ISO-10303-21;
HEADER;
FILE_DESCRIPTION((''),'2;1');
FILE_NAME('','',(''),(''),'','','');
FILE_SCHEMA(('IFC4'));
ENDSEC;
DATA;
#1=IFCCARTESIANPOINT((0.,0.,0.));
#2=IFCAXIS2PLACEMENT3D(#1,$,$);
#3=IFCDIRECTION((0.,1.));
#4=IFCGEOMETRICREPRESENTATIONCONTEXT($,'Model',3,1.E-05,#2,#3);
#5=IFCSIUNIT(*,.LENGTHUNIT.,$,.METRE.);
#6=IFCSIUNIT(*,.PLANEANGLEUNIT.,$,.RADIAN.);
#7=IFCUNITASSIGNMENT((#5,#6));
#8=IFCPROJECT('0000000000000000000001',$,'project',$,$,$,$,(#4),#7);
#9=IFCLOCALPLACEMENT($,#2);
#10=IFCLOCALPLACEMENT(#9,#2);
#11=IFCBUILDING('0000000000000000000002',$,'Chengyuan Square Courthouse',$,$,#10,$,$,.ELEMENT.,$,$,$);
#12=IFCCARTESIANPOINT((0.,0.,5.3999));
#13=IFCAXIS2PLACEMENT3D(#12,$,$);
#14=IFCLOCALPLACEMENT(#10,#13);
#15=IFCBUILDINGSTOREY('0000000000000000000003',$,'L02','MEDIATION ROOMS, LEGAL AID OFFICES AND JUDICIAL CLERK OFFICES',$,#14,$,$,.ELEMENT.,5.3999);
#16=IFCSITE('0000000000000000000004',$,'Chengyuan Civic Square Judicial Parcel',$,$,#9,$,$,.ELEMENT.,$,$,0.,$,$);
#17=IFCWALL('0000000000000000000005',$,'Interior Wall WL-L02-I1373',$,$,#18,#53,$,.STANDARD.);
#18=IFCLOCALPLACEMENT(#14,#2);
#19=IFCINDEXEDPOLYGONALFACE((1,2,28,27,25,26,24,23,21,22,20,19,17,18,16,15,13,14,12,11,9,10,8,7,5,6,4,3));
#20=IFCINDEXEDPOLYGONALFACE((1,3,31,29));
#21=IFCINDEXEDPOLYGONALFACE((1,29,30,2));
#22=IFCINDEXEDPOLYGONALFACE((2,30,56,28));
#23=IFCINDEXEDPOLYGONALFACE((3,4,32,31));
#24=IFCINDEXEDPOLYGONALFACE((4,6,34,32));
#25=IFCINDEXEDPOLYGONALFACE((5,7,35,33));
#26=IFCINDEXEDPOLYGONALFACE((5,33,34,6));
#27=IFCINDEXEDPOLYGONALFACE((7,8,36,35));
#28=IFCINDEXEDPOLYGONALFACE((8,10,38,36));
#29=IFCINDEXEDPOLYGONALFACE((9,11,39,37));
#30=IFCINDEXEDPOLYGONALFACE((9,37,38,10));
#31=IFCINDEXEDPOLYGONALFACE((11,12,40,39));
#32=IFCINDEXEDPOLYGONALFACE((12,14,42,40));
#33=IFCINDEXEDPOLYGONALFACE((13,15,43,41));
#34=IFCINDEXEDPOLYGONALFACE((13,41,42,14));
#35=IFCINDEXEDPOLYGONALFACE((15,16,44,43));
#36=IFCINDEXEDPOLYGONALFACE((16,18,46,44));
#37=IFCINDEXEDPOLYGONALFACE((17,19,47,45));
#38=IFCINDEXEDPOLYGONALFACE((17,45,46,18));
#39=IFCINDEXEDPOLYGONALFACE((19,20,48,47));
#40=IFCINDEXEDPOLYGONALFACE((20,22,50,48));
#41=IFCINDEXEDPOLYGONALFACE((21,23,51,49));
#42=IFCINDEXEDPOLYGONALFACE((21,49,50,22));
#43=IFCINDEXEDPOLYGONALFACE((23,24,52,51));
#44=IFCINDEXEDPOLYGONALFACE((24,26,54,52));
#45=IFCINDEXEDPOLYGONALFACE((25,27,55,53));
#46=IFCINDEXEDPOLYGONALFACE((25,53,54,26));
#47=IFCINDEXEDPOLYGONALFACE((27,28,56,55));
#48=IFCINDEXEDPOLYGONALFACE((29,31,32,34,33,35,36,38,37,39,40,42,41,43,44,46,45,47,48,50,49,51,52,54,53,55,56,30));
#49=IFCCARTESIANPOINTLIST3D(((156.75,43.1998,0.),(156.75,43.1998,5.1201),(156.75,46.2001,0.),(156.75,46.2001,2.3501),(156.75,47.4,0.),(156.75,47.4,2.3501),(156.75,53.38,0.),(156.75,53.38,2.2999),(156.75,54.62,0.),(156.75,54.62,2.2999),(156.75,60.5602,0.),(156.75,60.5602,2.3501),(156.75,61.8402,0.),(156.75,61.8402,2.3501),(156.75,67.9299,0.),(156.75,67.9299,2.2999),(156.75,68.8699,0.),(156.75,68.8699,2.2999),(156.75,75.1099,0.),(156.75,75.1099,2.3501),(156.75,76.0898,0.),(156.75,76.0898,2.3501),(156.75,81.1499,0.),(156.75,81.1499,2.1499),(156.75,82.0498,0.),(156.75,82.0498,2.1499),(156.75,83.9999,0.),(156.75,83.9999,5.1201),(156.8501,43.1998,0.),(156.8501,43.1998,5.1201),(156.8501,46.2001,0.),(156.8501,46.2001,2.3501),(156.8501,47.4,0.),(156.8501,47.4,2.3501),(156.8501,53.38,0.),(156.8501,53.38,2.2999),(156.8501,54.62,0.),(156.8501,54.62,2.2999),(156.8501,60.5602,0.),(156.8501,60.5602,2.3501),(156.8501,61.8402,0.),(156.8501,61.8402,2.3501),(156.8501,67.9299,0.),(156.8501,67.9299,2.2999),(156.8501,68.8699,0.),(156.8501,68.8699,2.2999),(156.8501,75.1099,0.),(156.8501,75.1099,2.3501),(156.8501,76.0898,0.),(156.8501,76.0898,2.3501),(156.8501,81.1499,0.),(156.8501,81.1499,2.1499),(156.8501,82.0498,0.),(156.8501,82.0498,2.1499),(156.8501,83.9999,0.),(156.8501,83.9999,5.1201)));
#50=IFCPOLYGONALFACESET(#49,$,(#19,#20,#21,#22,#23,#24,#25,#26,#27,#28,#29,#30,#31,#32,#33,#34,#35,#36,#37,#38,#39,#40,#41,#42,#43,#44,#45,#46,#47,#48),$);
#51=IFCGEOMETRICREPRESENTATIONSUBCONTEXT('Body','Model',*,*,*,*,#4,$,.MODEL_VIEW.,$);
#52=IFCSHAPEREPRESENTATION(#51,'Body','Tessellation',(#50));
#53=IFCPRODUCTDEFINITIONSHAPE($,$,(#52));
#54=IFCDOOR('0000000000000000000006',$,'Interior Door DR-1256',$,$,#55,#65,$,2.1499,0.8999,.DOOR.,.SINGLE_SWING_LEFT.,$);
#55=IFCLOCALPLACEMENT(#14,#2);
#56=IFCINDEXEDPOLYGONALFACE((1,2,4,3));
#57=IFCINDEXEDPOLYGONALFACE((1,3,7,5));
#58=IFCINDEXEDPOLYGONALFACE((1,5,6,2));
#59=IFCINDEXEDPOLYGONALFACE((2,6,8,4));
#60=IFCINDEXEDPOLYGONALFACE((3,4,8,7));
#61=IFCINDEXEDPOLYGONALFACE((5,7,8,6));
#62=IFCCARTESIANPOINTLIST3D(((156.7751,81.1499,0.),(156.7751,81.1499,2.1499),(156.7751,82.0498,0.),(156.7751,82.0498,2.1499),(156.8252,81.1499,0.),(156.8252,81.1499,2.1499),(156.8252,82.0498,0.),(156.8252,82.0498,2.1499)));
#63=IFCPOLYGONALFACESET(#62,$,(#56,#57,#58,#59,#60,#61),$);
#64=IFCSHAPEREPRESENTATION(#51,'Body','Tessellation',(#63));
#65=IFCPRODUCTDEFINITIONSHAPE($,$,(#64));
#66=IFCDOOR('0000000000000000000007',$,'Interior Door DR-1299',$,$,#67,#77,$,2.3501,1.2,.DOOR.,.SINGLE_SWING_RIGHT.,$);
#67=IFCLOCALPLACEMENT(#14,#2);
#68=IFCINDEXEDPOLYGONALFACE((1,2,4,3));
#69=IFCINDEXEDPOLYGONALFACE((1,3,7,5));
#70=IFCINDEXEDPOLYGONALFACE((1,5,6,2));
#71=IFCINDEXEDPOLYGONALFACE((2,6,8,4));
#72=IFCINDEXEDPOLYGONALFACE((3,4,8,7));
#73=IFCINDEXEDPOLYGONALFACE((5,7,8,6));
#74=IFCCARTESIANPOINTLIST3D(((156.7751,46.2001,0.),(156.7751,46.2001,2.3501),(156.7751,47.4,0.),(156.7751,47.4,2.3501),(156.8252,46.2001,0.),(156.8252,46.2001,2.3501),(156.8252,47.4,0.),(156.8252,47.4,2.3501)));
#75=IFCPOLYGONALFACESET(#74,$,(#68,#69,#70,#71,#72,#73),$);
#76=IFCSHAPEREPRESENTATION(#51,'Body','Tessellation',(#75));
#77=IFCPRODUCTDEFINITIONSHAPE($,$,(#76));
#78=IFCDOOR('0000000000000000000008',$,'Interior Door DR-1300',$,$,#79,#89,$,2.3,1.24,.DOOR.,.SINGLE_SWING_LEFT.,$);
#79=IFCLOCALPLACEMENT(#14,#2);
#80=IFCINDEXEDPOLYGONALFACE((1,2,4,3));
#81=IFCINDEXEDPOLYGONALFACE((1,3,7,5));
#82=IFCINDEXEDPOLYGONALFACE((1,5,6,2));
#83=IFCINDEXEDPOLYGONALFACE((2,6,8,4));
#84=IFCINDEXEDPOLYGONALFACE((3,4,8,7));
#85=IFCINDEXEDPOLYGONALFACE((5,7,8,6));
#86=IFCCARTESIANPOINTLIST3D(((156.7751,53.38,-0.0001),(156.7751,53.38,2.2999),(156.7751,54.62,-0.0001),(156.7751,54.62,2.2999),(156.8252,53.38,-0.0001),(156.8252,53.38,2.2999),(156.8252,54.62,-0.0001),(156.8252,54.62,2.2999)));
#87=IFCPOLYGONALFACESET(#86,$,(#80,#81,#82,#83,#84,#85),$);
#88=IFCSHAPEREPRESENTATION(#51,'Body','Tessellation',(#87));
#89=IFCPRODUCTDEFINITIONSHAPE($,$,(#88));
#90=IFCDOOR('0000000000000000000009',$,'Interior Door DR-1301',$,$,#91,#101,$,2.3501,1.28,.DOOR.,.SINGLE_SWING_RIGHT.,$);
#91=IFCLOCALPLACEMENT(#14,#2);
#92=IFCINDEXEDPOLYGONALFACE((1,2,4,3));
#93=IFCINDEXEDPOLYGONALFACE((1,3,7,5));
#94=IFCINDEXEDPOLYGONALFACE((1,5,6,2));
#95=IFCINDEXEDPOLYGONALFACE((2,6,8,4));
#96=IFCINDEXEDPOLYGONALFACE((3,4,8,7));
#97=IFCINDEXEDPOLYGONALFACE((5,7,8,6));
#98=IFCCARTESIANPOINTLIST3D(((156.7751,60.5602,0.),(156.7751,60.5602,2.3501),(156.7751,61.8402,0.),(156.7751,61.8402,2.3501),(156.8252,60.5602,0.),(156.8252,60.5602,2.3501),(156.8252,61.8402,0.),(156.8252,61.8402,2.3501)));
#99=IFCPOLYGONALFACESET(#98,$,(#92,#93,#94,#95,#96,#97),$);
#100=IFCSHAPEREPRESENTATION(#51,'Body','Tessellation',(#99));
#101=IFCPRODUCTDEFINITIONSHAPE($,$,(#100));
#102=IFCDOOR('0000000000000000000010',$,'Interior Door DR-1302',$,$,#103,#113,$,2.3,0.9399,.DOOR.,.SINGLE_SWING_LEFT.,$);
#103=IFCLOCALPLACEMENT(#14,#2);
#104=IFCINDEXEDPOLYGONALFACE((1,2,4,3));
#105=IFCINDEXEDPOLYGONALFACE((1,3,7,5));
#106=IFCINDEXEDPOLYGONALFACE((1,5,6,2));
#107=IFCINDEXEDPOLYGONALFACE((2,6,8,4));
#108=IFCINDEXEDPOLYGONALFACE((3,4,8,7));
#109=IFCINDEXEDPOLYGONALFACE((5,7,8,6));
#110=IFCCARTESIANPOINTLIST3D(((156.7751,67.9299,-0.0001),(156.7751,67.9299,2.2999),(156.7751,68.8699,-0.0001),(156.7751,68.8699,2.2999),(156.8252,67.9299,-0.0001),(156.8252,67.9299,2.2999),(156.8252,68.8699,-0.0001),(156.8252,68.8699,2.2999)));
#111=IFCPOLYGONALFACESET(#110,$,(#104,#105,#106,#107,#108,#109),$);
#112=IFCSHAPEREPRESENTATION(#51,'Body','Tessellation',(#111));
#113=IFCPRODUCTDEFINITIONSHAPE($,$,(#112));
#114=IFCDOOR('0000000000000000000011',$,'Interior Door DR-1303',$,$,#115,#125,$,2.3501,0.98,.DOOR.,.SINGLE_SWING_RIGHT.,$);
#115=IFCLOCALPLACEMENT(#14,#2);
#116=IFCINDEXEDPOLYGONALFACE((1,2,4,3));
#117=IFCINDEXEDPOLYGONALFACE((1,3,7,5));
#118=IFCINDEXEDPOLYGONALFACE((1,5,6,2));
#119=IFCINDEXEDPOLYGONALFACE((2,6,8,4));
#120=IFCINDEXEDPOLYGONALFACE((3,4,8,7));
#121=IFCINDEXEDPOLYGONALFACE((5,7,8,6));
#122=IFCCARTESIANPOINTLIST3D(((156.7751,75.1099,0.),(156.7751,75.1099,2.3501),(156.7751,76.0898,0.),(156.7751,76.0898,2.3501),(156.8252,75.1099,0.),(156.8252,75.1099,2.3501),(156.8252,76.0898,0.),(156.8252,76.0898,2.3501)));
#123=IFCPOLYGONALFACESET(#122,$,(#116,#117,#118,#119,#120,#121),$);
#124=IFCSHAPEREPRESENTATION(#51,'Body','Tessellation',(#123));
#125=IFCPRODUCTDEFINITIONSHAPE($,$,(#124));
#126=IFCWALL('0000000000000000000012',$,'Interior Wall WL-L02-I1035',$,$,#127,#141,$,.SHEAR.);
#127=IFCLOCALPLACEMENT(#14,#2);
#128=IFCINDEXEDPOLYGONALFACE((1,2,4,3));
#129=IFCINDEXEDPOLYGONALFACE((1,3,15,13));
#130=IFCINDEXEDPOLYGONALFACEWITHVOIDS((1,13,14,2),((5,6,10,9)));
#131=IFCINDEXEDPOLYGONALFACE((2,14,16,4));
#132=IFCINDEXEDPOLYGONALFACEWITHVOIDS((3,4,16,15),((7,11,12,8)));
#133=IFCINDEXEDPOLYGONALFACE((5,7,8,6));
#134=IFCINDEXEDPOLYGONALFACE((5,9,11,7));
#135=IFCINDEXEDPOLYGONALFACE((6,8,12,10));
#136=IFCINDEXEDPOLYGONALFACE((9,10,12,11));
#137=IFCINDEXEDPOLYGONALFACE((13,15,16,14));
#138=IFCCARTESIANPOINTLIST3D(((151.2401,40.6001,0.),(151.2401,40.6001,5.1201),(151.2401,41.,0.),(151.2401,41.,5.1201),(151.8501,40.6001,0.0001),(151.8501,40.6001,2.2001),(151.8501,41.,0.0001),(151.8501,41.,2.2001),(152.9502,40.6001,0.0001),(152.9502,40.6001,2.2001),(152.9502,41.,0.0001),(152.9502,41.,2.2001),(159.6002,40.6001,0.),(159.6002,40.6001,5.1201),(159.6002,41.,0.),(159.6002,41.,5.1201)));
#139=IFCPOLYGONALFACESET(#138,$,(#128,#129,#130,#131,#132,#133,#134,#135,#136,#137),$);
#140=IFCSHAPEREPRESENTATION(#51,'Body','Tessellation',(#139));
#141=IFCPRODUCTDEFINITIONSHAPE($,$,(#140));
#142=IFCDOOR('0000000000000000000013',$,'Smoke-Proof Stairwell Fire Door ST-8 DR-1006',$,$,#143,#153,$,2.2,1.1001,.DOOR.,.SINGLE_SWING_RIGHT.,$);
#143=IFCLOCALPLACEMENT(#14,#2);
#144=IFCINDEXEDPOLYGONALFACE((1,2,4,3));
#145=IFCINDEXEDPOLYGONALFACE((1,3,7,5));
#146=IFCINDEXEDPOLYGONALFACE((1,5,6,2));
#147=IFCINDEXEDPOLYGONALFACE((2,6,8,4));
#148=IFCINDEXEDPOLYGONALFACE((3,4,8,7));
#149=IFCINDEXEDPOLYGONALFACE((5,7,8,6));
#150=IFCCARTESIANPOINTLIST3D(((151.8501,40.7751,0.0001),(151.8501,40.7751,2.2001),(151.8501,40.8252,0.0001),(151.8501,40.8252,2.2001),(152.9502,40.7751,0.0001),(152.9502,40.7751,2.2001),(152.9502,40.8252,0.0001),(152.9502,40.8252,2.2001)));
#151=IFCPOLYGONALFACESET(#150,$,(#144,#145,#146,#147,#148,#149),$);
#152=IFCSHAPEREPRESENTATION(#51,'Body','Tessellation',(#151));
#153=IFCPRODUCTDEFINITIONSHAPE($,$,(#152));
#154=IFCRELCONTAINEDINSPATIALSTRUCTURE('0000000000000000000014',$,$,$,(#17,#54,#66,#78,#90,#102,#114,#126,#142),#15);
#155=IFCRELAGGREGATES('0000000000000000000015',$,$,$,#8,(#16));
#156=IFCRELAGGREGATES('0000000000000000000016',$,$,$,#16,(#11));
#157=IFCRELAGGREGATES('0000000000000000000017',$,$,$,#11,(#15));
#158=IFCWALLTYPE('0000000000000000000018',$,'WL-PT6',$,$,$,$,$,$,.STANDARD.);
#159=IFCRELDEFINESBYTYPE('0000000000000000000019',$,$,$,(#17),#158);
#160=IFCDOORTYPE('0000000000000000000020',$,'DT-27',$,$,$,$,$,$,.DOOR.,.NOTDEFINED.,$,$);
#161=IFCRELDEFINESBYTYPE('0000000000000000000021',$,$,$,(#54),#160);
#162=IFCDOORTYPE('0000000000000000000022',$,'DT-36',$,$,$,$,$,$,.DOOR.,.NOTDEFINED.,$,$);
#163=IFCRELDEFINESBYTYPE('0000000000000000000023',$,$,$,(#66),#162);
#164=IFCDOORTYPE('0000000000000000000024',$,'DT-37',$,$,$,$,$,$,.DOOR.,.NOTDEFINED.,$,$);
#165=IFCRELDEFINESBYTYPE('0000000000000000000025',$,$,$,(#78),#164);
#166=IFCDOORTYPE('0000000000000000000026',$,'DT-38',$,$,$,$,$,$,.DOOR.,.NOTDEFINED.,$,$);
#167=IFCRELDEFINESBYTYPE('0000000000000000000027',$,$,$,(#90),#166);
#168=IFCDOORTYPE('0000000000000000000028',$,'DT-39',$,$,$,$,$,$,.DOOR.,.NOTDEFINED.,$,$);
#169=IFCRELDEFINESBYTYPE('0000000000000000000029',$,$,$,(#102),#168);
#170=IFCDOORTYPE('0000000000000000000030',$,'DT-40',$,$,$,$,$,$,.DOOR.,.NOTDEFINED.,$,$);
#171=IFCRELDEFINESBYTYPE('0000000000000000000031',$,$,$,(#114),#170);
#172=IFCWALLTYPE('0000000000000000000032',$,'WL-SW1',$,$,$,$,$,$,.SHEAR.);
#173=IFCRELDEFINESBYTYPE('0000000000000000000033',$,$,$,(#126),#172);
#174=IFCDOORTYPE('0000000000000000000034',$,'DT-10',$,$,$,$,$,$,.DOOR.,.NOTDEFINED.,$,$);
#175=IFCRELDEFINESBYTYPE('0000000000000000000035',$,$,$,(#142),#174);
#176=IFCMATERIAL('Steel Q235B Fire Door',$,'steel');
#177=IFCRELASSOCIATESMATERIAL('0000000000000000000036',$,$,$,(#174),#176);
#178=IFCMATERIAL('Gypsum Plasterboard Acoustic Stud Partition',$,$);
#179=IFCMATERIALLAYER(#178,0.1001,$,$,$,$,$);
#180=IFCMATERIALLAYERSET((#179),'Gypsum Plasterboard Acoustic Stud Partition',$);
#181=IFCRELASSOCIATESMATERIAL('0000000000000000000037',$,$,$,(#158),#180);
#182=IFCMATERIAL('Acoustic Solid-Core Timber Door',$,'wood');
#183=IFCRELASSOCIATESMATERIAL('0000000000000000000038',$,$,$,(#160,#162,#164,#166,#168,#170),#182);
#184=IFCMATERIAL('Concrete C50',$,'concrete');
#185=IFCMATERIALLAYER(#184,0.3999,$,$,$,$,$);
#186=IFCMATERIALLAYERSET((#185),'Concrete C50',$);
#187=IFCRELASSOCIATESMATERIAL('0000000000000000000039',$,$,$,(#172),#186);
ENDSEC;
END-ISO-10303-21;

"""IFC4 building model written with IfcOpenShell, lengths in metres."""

from ifc_helpers import new_model, si_unit, direction, frame, frame_2d, origin, place, context, subcontext, project, spatial, rectangle, extrude, material, layer, layer_set, type_object, element, fill, save


model = new_model("IFC4")

# Units and contexts
model_context = context("Model", 3, precision=1e-05, world=origin(), true_north=direction((0.0, 1.0)))
body_context = subcontext(model_context, "Body", "Model", "MODEL_VIEW")
ifc_project = project(units=[si_unit("LENGTHUNIT", "METRE"), si_unit("PLANEANGLEUNIT", "RADIAN")], contexts=[model_context])

# Site, building, storey
site_placement = place(None, origin())
site = spatial("IfcSite", under=ifc_project, at=site_placement, Name="Chengyuan Civic Square Judicial Parcel", CompositionType="ELEMENT", RefElevation=0.0)
building_placement = place(site_placement, origin())
building = spatial("IfcBuilding", under=site, at=building_placement, Name="Chengyuan Square Courthouse", CompositionType="ELEMENT")
storey_placement = place(building_placement, frame((0.0, 0.0, 5.3999)))
storey = spatial("IfcBuildingStorey", under=building, at=storey_placement, Name="L02", Description="MEDIATION ROOMS, LEGAL AID OFFICES AND JUDICIAL CLERK OFFICES", CompositionType="ELEMENT", Elevation=5.3999)

# Shared definitions
ifc_material_1 = material(Name="Steel Q235B Fire Door", Category="steel")
door_type_1 = type_object("IfcDoorType", Name="DT-10", OperationType="NOTDEFINED", PredefinedType="DOOR", material=ifc_material_1)

# Shared definitions
ifc_material_2 = material(Name="Gypsum Plasterboard Acoustic Stud Partition")
ifc_layer_1 = layer(ifc_material_2, 0.1001)
ifc_layer_set_1 = layer_set([ifc_layer_1], Name="Gypsum Plasterboard Acoustic Stud Partition")
wall_type_1 = type_object("IfcWallType", Name="WL-PT6", PredefinedType="STANDARD", material=ifc_layer_set_1)

# Wall, openings, doors
wall_1_placement = place(storey_placement, frame((156.8, 43.2, 0.0), z_axis=(0.0, 0.0, 1.0), x_axis=(0.0, 1.0, 0.0)))
wall_1 = element("IfcWall", 1, at=wall_1_placement, inside=storey, type_object=wall_type_1, Name="Interior Wall WL-L02-I1373", PredefinedType="STANDARD", context=body_context, shape_type="SweptSolid", body=[
    extrude(rectangle(XDim=40.8, YDim=0.1001, at=frame_2d((20.3999, 0.0))), origin(), (0.0, 0.0, 1.0), 5.1201),
])
opening_1_placement = place(wall_1_placement, frame((37.95, 0.0, 0.0)))
opening_1 = element("IfcOpeningElement", 2, at=opening_1_placement, cuts=wall_1, PredefinedType="OPENING", context=body_context, shape_type="SweptSolid", body=[
    extrude(rectangle(XDim=0.8999, YDim=2.1499, at=frame_2d((0.45, 1.075))), frame((0.0, 0.062, 0.0), z_axis=(0.0, -1.0, 0.0), x_axis=(1.0, 0.0, 0.0)), (0.0, 0.0, 1.0), 0.124),
])
opening_2_placement = place(wall_1_placement, frame((3.0, 0.0, 0.0)))
opening_2 = element("IfcOpeningElement", 3, at=opening_2_placement, cuts=wall_1, PredefinedType="OPENING", context=body_context, shape_type="SweptSolid", body=[
    extrude(rectangle(XDim=1.2, YDim=2.3501, at=frame_2d((0.6001, 1.175))), frame((0.0, 0.062, 0.0), z_axis=(0.0, -1.0, 0.0), x_axis=(1.0, 0.0, 0.0)), (0.0, 0.0, 1.0), 0.124),
])
opening_3_placement = place(wall_1_placement, frame((10.1799, 0.0, 0.0)))
opening_3 = element("IfcOpeningElement", 4, at=opening_3_placement, cuts=wall_1, PredefinedType="OPENING", context=body_context, shape_type="SweptSolid", body=[
    extrude(rectangle(XDim=1.24, YDim=2.3, at=frame_2d((0.6201, 1.1499))), frame((0.0, 0.062, 0.0), z_axis=(0.0, -1.0, 0.0), x_axis=(1.0, 0.0, 0.0)), (0.0, 0.0, 1.0), 0.124),
])
opening_4_placement = place(wall_1_placement, frame((17.3601, 0.0, 0.0)))
opening_4 = element("IfcOpeningElement", 5, at=opening_4_placement, cuts=wall_1, PredefinedType="OPENING", context=body_context, shape_type="SweptSolid", body=[
    extrude(rectangle(XDim=1.28, YDim=2.3501, at=frame_2d((0.6401, 1.175))), frame((0.0, 0.062, 0.0), z_axis=(0.0, -1.0, 0.0), x_axis=(1.0, 0.0, 0.0)), (0.0, 0.0, 1.0), 0.124),
])
opening_5_placement = place(wall_1_placement, frame((24.73, 0.0, 0.0)))
opening_5 = element("IfcOpeningElement", 6, at=opening_5_placement, cuts=wall_1, PredefinedType="OPENING", context=body_context, shape_type="SweptSolid", body=[
    extrude(rectangle(XDim=0.9399, YDim=2.3, at=frame_2d((0.47, 1.1499))), frame((0.0, 0.062, 0.0), z_axis=(0.0, -1.0, 0.0), x_axis=(1.0, 0.0, 0.0)), (0.0, 0.0, 1.0), 0.124),
])
opening_6_placement = place(wall_1_placement, frame((31.9099, 0.0, 0.0)))
opening_6 = element("IfcOpeningElement", 7, at=opening_6_placement, cuts=wall_1, PredefinedType="OPENING", context=body_context, shape_type="SweptSolid", body=[
    extrude(rectangle(XDim=0.98, YDim=2.3501, at=frame_2d((0.49, 1.175))), frame((0.0, 0.062, 0.0), z_axis=(0.0, -1.0, 0.0), x_axis=(1.0, 0.0, 0.0)), (0.0, 0.0, 1.0), 0.124),
])
ifc_material_3 = material(Name="Acoustic Solid-Core Timber Door", Category="wood")
door_type_2 = type_object("IfcDoorType", Name="DT-27", OperationType="NOTDEFINED", PredefinedType="DOOR", material=ifc_material_3)
door_1_placement = place(opening_1_placement, origin())
door_1 = element("IfcDoor", 8, at=door_1_placement, inside=storey, type_object=door_type_2, Name="Interior Door DR-1256", OperationType="SINGLE_SWING_LEFT", OverallHeight=2.1499, OverallWidth=0.8999, PredefinedType="DOOR", context=body_context, shape_type="SweptSolid", body=[
    extrude(rectangle(XDim=0.8999, YDim=2.1499, at=frame_2d((0.45, 1.075))), frame((0.0, 0.0249, 0.0), z_axis=(0.0, -1.0, 0.0), x_axis=(1.0, 0.0, 0.0)), (0.0, 0.0, 1.0), 0.05),
])
fill(opening_1, door_1)
door_type_3 = type_object("IfcDoorType", Name="DT-36", OperationType="NOTDEFINED", PredefinedType="DOOR", material=ifc_material_3)
door_2_placement = place(opening_2_placement, origin())
door_2 = element("IfcDoor", 9, at=door_2_placement, inside=storey, type_object=door_type_3, Name="Interior Door DR-1299", OperationType="SINGLE_SWING_RIGHT", OverallHeight=2.3501, OverallWidth=1.2, PredefinedType="DOOR", context=body_context, shape_type="SweptSolid", body=[
    extrude(rectangle(XDim=1.2, YDim=2.3501, at=frame_2d((0.6001, 1.175))), frame((0.0, 0.0249, 0.0), z_axis=(0.0, -1.0, 0.0), x_axis=(1.0, 0.0, 0.0)), (0.0, 0.0, 1.0), 0.05),
])
fill(opening_2, door_2)
door_type_4 = type_object("IfcDoorType", Name="DT-37", OperationType="NOTDEFINED", PredefinedType="DOOR", material=ifc_material_3)
door_3_placement = place(opening_3_placement, origin())
door_3 = element("IfcDoor", 10, at=door_3_placement, inside=storey, type_object=door_type_4, Name="Interior Door DR-1300", OperationType="SINGLE_SWING_LEFT", OverallHeight=2.3, OverallWidth=1.24, PredefinedType="DOOR", context=body_context, shape_type="SweptSolid", body=[
    extrude(rectangle(XDim=1.24, YDim=2.3, at=frame_2d((0.6201, 1.1499))), frame((0.0, 0.0249, 0.0), z_axis=(0.0, -1.0, 0.0), x_axis=(1.0, 0.0, 0.0)), (0.0, 0.0, 1.0), 0.05),
])
fill(opening_3, door_3)
door_type_5 = type_object("IfcDoorType", Name="DT-38", OperationType="NOTDEFINED", PredefinedType="DOOR", material=ifc_material_3)
door_4_placement = place(opening_4_placement, origin())
door_4 = element("IfcDoor", 11, at=door_4_placement, inside=storey, type_object=door_type_5, Name="Interior Door DR-1301", OperationType="SINGLE_SWING_RIGHT", OverallHeight=2.3501, OverallWidth=1.28, PredefinedType="DOOR", context=body_context, shape_type="SweptSolid", body=[
    extrude(rectangle(XDim=1.28, YDim=2.3501, at=frame_2d((0.6401, 1.175))), frame((0.0, 0.0249, 0.0), z_axis=(0.0, -1.0, 0.0), x_axis=(1.0, 0.0, 0.0)), (0.0, 0.0, 1.0), 0.05),
])
fill(opening_4, door_4)
door_type_6 = type_object("IfcDoorType", Name="DT-39", OperationType="NOTDEFINED", PredefinedType="DOOR", material=ifc_material_3)
door_5_placement = place(opening_5_placement, origin())
door_5 = element("IfcDoor", 12, at=door_5_placement, inside=storey, type_object=door_type_6, Name="Interior Door DR-1302", OperationType="SINGLE_SWING_LEFT", OverallHeight=2.3, OverallWidth=0.9399, PredefinedType="DOOR", context=body_context, shape_type="SweptSolid", body=[
    extrude(rectangle(XDim=0.9399, YDim=2.3, at=frame_2d((0.47, 1.1499))), frame((0.0, 0.0249, 0.0), z_axis=(0.0, -1.0, 0.0), x_axis=(1.0, 0.0, 0.0)), (0.0, 0.0, 1.0), 0.05),
])
fill(opening_5, door_5)
door_type_7 = type_object("IfcDoorType", Name="DT-40", OperationType="NOTDEFINED", PredefinedType="DOOR", material=ifc_material_3)
door_6_placement = place(opening_6_placement, origin())
door_6 = element("IfcDoor", 13, at=door_6_placement, inside=storey, type_object=door_type_7, Name="Interior Door DR-1303", OperationType="SINGLE_SWING_RIGHT", OverallHeight=2.3501, OverallWidth=0.98, PredefinedType="DOOR", context=body_context, shape_type="SweptSolid", body=[
    extrude(rectangle(XDim=0.98, YDim=2.3501, at=frame_2d((0.49, 1.175))), frame((0.0, 0.0249, 0.0), z_axis=(0.0, -1.0, 0.0), x_axis=(1.0, 0.0, 0.0)), (0.0, 0.0, 1.0), 0.05),
])
fill(opening_6, door_6)

# Wall, opening, door
ifc_material_4 = material(Name="Concrete C50", Category="concrete")
ifc_layer_2 = layer(ifc_material_4, 0.3999)
ifc_layer_set_2 = layer_set([ifc_layer_2], Name="Concrete C50")
wall_type_2 = type_object("IfcWallType", Name="WL-SW1", PredefinedType="SHEAR", material=ifc_layer_set_2)
wall_2_placement = place(storey_placement, frame((151.24, 40.8, 0.0), z_axis=(0.0, 0.0, 1.0), x_axis=(1.0, 0.0, 0.0)))
wall_2 = element("IfcWall", 14, at=wall_2_placement, inside=storey, type_object=wall_type_2, Name="Interior Wall WL-L02-I1035", PredefinedType="SHEAR", context=body_context, shape_type="SweptSolid", body=[
    extrude(rectangle(XDim=8.3601, YDim=0.3999, at=frame_2d((4.1802, 0.0))), origin(), (0.0, 0.0, 1.0), 5.1201),
])
opening_7_placement = place(wall_2_placement, frame((0.6101, 0.0, 0.0)))
opening_7 = element("IfcOpeningElement", 15, at=opening_7_placement, cuts=wall_2, PredefinedType="OPENING", context=body_context, shape_type="SweptSolid", body=[
    extrude(rectangle(XDim=1.1001, YDim=2.2, at=frame_2d((0.55, 1.1001))), frame((0.0, 0.2119, 0.0), z_axis=(0.0, -1.0, 0.0), x_axis=(1.0, 0.0, 0.0)), (0.0, 0.0, 1.0), 0.4238),
])
door_7_placement = place(opening_7_placement, frame((1.1001, 0.0, 0.0), z_axis=(0.0, 0.0, 1.0), x_axis=(-1.0, 0.0, 0.0)))
door_7 = element("IfcDoor", 16, at=door_7_placement, inside=storey, type_object=door_type_1, Name="Smoke-Proof Stairwell Fire Door ST-8 DR-1006", OperationType="SINGLE_SWING_RIGHT", OverallHeight=2.2, OverallWidth=1.1001, PredefinedType="DOOR", context=body_context, shape_type="SweptSolid", body=[
    extrude(rectangle(XDim=1.1001, YDim=2.2, at=frame_2d((0.55, 1.1001))), frame((0.0, 0.0249, 0.0), z_axis=(0.0, -1.0, 0.0), x_axis=(1.0, 0.0, 0.0)), (0.0, 0.0, 1.0), 0.05),
])
fill(opening_7, door_7)

save(model, "model.ifc")
